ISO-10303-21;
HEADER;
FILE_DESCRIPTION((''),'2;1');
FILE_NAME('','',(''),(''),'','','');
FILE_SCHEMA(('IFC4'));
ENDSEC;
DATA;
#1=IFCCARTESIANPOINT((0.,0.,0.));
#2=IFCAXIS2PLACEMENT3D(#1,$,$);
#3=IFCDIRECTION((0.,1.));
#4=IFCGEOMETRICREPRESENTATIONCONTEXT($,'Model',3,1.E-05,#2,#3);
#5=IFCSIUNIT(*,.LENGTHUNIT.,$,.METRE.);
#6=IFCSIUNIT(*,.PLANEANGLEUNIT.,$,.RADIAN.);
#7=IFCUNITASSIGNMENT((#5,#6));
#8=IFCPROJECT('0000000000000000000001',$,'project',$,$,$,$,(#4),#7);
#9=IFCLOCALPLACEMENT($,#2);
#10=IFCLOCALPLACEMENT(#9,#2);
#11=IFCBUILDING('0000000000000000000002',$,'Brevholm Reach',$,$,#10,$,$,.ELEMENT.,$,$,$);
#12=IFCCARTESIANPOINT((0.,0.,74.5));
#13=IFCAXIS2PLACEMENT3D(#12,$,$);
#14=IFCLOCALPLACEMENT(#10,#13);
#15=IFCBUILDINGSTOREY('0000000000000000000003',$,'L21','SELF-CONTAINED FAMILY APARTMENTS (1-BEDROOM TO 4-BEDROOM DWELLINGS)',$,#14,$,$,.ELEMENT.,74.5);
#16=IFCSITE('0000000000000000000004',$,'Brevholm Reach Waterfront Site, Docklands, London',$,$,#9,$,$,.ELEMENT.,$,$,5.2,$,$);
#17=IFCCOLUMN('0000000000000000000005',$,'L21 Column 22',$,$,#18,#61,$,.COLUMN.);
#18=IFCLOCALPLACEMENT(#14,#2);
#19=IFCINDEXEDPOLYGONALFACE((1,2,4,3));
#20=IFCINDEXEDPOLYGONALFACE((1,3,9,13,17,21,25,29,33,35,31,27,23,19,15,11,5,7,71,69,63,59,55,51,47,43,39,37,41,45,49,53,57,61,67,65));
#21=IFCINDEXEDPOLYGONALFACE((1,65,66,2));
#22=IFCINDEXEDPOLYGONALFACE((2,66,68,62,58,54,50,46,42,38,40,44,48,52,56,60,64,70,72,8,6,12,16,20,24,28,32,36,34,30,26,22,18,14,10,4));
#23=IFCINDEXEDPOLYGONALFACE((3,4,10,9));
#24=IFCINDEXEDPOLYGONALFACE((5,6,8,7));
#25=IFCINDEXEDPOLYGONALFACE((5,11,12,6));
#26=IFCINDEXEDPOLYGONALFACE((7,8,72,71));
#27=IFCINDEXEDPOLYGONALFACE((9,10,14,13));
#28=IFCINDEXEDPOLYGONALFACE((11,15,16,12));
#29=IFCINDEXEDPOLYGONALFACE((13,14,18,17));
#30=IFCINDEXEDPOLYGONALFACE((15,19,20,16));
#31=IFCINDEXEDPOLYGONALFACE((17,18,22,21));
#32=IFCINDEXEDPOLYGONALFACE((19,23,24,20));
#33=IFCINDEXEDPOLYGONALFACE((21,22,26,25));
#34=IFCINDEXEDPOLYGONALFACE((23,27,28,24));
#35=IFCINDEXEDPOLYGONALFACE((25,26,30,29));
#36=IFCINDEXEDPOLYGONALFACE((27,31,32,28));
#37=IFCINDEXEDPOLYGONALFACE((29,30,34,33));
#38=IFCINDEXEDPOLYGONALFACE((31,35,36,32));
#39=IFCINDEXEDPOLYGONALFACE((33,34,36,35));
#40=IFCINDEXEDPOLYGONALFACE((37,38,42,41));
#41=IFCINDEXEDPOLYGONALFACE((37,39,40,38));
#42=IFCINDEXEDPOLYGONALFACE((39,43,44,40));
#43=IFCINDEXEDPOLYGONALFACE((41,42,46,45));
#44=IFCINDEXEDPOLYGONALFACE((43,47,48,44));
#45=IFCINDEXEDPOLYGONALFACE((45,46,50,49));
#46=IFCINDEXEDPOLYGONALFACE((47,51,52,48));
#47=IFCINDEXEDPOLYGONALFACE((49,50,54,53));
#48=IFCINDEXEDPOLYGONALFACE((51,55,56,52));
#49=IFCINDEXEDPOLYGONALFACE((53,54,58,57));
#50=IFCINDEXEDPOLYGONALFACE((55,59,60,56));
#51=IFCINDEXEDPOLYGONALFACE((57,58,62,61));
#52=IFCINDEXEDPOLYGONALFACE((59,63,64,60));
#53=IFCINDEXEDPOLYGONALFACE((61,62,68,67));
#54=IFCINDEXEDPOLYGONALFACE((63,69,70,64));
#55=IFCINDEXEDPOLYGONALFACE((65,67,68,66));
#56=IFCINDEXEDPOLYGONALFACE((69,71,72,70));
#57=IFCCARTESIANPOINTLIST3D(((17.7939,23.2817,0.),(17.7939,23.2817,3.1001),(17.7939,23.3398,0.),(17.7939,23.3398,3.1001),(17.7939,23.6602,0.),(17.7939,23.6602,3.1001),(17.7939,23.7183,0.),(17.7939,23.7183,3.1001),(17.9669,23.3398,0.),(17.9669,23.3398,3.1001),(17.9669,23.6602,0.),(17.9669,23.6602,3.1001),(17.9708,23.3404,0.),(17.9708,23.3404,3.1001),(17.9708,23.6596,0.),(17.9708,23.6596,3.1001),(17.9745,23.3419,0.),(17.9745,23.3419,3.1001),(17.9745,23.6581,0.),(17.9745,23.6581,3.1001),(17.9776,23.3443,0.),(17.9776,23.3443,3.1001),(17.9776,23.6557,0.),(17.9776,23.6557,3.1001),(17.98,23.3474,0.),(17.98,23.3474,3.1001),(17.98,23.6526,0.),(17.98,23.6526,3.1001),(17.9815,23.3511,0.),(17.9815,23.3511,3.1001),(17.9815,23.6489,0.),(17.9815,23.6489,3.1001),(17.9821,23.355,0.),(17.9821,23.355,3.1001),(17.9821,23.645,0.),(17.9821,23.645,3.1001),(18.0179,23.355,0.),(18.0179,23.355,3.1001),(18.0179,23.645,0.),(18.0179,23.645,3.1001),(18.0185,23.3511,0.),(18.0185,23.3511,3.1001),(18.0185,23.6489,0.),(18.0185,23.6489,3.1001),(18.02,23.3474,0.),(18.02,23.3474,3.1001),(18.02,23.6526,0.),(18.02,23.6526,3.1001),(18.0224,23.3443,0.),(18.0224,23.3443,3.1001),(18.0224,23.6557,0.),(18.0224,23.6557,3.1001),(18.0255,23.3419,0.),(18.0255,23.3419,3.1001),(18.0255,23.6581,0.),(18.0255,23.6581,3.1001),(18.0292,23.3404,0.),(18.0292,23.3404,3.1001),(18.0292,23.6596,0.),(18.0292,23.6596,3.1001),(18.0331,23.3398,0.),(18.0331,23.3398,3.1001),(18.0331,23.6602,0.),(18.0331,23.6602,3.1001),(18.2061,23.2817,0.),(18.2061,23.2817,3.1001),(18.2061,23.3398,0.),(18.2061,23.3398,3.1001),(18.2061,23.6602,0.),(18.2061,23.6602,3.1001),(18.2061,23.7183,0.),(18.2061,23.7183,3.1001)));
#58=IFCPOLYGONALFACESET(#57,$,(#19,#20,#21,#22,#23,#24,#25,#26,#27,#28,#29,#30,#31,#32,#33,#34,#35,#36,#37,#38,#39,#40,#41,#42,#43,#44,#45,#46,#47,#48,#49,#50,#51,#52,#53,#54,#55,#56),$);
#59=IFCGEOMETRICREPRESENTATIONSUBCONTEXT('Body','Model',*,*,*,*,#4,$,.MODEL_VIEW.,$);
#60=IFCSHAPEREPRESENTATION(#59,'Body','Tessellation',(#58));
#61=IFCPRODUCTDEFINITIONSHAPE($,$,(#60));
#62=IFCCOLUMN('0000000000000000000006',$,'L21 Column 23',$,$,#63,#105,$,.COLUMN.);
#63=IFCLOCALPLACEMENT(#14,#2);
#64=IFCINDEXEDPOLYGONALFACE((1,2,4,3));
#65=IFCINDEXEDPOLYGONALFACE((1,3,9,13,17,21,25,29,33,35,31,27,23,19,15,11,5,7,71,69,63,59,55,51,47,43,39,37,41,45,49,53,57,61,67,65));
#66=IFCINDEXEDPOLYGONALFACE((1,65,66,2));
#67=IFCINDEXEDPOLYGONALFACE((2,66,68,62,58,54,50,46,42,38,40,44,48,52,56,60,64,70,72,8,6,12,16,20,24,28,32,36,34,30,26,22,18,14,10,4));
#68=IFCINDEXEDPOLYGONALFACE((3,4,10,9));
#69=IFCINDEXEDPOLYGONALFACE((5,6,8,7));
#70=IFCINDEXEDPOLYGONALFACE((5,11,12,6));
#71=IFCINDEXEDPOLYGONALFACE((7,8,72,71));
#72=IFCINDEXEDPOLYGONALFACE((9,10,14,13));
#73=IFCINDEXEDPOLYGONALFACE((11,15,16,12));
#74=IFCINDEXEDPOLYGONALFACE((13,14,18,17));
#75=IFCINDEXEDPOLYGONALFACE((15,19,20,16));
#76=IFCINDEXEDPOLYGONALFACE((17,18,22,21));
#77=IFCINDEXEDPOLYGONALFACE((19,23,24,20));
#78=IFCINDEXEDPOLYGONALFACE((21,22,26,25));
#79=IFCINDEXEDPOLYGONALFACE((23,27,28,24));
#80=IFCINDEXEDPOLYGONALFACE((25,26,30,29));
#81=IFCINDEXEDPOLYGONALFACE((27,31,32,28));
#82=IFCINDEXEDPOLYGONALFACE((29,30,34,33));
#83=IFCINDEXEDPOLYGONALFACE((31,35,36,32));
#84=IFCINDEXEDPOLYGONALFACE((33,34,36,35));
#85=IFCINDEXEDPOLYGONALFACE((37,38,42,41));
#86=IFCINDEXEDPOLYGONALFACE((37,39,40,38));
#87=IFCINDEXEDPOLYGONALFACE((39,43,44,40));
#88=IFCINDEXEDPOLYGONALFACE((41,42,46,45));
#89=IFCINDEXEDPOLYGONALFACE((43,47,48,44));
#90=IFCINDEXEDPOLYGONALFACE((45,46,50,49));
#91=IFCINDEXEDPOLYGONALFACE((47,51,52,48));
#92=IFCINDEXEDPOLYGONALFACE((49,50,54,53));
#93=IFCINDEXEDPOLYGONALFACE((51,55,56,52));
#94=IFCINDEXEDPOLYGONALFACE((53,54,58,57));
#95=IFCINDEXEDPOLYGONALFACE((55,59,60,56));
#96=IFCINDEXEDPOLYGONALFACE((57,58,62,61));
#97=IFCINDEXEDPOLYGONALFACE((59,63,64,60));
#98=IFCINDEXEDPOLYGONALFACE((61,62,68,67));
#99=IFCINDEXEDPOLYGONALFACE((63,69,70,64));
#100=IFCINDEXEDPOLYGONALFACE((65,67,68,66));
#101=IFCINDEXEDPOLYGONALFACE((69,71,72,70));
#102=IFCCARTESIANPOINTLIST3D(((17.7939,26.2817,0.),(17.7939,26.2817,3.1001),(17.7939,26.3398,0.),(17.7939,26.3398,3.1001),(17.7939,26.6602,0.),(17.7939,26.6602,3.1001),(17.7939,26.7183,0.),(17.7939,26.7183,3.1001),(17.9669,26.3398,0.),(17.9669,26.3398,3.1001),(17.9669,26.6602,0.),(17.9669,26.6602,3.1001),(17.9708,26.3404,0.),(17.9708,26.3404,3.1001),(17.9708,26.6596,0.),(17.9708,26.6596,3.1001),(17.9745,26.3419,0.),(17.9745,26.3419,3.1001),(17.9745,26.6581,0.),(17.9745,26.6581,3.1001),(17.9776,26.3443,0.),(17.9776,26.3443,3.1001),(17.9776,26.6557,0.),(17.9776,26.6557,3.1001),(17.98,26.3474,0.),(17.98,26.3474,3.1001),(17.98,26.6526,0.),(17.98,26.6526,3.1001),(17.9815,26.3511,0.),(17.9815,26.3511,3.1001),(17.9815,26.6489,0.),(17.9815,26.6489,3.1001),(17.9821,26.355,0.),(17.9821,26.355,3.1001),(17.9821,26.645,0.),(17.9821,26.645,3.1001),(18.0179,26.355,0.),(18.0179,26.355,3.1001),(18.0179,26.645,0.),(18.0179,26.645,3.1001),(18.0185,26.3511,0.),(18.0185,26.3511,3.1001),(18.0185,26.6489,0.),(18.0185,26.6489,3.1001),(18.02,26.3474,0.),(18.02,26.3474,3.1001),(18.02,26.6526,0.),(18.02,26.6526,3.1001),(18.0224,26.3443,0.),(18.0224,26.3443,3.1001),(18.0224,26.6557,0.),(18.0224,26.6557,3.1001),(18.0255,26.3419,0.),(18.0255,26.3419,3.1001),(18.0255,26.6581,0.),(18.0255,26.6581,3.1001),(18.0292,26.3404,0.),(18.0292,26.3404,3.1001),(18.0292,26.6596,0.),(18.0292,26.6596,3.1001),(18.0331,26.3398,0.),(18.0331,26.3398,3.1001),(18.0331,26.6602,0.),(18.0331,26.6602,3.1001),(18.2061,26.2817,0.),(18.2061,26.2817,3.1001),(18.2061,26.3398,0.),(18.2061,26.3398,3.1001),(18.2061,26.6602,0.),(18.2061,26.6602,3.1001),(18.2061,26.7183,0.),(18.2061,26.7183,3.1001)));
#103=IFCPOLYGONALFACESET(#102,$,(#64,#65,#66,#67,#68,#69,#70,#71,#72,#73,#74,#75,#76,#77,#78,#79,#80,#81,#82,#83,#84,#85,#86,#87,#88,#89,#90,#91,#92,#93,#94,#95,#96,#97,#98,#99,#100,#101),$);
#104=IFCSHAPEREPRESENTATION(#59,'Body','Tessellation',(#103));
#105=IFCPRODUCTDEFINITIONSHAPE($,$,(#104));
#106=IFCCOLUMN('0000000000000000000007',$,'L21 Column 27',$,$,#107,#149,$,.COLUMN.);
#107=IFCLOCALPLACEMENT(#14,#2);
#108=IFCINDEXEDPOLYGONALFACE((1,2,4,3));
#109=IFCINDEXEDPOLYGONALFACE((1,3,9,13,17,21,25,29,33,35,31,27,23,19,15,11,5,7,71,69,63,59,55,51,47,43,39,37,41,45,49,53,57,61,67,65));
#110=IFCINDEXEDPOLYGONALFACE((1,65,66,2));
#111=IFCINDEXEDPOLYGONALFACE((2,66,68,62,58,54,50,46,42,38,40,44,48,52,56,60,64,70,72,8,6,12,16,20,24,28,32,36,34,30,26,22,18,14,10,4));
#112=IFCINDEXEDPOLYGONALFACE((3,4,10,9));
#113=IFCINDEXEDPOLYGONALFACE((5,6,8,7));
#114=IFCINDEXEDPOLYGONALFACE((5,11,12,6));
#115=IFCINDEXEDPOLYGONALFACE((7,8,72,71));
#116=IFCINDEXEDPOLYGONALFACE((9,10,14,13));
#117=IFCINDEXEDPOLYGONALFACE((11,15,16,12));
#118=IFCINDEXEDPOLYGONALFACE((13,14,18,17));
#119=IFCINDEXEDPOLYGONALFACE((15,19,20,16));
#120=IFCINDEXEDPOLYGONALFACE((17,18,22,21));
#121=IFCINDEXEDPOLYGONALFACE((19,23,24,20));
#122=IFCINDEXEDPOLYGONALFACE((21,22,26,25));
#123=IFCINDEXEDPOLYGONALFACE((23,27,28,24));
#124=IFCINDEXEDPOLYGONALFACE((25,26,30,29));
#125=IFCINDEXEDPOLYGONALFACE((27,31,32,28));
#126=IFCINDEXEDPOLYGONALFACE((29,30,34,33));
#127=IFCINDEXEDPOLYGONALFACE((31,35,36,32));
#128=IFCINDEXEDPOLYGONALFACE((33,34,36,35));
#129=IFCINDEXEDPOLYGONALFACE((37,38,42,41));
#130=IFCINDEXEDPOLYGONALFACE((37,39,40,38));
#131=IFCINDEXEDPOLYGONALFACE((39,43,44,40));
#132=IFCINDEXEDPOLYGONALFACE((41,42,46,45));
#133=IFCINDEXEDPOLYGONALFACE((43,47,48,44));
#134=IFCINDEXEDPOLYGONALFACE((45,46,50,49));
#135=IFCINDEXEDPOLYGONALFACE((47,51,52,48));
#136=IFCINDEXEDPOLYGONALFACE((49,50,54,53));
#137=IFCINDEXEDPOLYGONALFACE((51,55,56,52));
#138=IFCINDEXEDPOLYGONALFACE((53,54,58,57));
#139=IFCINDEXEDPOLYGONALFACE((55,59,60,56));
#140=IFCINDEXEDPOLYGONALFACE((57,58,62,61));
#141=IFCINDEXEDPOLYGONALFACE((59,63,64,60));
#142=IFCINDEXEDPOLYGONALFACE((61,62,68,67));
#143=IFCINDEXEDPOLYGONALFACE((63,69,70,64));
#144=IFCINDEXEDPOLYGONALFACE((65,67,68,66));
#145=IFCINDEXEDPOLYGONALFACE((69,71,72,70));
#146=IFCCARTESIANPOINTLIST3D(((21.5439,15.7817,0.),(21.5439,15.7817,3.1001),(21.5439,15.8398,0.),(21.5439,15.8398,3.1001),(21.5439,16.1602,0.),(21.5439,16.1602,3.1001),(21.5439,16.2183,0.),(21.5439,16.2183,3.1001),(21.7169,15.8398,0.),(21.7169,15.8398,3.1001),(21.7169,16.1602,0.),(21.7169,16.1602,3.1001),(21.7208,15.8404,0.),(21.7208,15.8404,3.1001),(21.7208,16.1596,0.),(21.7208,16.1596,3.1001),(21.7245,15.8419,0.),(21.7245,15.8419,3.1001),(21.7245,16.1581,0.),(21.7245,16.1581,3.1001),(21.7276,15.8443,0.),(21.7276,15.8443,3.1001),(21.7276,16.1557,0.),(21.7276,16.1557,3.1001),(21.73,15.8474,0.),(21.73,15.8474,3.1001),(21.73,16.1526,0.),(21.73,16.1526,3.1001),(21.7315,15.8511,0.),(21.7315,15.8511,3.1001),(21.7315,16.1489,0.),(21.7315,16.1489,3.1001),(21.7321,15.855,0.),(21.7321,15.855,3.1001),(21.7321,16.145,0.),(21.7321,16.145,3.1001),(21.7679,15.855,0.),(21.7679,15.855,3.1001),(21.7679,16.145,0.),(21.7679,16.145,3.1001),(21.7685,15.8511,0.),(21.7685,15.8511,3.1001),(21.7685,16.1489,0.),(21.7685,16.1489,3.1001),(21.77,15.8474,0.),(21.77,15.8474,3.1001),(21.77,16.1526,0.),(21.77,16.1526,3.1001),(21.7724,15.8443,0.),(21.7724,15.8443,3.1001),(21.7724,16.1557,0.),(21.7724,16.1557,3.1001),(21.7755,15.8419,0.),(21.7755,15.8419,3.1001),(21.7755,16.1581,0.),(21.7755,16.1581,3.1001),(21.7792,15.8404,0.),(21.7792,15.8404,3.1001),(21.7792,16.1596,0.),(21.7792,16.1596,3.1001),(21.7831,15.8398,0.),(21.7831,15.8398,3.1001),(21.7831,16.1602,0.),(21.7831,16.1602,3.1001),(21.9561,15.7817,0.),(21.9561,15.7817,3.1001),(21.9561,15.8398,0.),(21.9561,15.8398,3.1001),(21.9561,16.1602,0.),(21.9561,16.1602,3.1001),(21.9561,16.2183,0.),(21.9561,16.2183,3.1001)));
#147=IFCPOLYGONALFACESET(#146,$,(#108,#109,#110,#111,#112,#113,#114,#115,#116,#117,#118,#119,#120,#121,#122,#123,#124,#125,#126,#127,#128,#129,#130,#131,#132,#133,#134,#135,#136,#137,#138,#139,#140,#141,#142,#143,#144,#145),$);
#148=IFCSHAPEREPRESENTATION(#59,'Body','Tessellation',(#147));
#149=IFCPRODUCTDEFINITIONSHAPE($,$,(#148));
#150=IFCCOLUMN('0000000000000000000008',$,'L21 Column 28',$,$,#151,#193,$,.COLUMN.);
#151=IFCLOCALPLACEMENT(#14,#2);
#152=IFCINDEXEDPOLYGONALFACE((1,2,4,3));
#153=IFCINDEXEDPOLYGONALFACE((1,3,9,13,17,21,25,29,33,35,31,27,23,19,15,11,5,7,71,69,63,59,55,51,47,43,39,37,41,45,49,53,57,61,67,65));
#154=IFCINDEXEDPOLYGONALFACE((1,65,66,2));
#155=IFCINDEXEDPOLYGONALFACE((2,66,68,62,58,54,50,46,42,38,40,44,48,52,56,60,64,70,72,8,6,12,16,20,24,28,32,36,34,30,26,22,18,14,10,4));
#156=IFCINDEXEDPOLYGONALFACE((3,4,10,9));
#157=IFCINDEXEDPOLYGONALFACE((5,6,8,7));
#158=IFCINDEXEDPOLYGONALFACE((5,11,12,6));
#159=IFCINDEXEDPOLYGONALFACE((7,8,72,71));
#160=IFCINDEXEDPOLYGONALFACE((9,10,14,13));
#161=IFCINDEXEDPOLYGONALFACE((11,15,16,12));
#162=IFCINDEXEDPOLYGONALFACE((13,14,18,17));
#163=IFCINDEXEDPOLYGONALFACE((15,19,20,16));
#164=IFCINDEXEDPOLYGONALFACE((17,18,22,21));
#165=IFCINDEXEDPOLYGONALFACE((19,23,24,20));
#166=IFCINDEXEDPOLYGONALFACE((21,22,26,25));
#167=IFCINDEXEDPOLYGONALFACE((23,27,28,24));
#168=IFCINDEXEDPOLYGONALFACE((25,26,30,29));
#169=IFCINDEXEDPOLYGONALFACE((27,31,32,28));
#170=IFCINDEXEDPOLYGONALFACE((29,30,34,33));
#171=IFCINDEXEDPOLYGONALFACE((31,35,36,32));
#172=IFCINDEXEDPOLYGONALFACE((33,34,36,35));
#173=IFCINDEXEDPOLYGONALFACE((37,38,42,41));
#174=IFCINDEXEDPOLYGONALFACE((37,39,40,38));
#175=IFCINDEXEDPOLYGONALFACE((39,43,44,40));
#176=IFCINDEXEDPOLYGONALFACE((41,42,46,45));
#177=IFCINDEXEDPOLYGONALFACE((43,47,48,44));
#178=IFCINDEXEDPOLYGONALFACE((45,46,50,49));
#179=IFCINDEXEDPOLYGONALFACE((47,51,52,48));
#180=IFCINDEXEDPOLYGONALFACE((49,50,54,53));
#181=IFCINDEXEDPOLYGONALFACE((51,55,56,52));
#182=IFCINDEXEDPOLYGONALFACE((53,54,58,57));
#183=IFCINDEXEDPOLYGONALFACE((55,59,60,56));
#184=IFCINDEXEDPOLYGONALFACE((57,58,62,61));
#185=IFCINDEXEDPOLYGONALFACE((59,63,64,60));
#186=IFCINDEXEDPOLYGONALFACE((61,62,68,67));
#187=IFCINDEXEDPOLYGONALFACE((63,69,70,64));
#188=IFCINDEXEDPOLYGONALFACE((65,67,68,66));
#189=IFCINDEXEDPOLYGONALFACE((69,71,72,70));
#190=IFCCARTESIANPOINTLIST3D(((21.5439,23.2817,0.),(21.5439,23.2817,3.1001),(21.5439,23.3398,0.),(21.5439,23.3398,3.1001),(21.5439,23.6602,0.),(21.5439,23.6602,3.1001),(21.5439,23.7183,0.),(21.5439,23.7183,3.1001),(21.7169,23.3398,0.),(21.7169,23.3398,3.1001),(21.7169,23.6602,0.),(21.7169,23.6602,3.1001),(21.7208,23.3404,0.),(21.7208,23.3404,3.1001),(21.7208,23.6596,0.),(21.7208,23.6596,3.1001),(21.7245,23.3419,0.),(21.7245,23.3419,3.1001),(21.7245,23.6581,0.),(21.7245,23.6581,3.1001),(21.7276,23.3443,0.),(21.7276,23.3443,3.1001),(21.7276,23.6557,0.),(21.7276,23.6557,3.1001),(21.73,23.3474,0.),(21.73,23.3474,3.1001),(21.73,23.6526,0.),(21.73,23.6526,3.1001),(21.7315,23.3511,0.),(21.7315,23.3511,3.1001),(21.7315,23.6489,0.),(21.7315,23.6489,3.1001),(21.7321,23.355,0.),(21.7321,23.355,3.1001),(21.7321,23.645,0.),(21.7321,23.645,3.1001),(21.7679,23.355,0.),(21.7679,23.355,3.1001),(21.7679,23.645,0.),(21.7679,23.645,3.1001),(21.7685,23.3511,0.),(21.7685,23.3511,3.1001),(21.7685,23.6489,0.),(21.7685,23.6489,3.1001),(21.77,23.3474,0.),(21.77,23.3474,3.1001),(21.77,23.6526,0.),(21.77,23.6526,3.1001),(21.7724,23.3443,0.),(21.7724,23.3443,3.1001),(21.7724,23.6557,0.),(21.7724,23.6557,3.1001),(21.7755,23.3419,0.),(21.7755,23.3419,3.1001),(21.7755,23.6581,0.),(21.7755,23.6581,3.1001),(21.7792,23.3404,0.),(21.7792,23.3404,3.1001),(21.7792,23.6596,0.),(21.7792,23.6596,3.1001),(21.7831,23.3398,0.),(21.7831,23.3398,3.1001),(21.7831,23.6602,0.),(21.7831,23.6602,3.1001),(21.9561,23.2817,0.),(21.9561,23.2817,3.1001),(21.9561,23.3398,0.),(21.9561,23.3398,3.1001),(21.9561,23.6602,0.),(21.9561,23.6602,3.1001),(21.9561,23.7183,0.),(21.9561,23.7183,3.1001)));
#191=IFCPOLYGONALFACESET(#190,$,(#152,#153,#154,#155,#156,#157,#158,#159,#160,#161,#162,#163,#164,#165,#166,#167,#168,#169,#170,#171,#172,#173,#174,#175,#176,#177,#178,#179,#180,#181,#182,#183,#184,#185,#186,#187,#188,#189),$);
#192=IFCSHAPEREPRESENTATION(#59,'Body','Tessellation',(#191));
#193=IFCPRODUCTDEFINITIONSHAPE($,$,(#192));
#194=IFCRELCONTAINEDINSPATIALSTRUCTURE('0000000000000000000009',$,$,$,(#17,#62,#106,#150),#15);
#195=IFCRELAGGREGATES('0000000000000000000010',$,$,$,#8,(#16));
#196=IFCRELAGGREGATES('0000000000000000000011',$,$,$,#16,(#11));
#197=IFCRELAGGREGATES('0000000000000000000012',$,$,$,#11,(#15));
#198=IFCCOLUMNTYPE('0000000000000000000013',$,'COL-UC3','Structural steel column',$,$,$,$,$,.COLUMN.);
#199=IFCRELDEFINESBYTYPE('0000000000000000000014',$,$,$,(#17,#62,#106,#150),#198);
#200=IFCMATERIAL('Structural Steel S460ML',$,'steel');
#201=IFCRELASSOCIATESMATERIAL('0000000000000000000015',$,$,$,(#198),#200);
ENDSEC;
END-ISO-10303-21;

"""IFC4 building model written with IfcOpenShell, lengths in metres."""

from ifc_helpers import new_model, si_unit, direction, frame, origin, origin_2d, place, context, subcontext, project, spatial, i_section, extrude, material, material_profile, profile_set, type_object, element, save


model = new_model("IFC4")

# Units and contexts
model_context = context("Model", 3, precision=1e-05, world=origin(), true_north=direction((0.0, 1.0)))
body_context = subcontext(model_context, "Body", "Model", "MODEL_VIEW")
ifc_project = project(units=[si_unit("LENGTHUNIT", "METRE"), si_unit("PLANEANGLEUNIT", "RADIAN")], contexts=[model_context])

# Site, building, storey
site_placement = place(None, origin())
site = spatial("IfcSite", under=ifc_project, at=site_placement, Name="Brevholm Reach Waterfront Site, Docklands, London", CompositionType="ELEMENT", RefElevation=5.2)
building_placement = place(site_placement, origin())
building = spatial("IfcBuilding", under=site, at=building_placement, Name="Brevholm Reach", CompositionType="ELEMENT")
storey_placement = place(building_placement, frame((0.0, 0.0, 74.5)))
storey = spatial("IfcBuildingStorey", under=building, at=storey_placement, Name="L21", Description="SELF-CONTAINED FAMILY APARTMENTS (1-BEDROOM TO 4-BEDROOM DWELLINGS)", CompositionType="ELEMENT", Elevation=74.5)

# Columns
ifc_material_1 = material(Name="Structural Steel S460ML", Category="steel")
ifc_material_profile_1 = material_profile(ifc_material_1, i_section(OverallWidth=0.4121, OverallDepth=0.4365, WebThickness=0.0359, FlangeThickness=0.0581, FilletRadius=0.0151, at=origin_2d()), Name="UKC 356x406x467")
ifc_profile_set_1 = profile_set([ifc_material_profile_1], Name="Structural Steel S460ML")
column_type_1 = type_object("IfcColumnType", Name="COL-UC3", Description="Structural steel column", PredefinedType="COLUMN", material=ifc_profile_set_1)
for number, where, z_axis, x_axis, name in (
    (1, (18.0, 23.5, 0.0), (0.0, 0.0, 1.0), (1.0, 0.0, 0.0), "L21 Column 22"),
    (2, (18.0, 26.5, 0.0), (0.0, 0.0, 1.0), (1.0, 0.0, 0.0), "L21 Column 23"),
    (3, (21.75, 16.0, 0.0), (0.0, 0.0, 1.0), (1.0, 0.0, 0.0), "L21 Column 27"),
    (4, (21.75, 23.5, 0.0), (0.0, 0.0, 1.0), (1.0, 0.0, 0.0), "L21 Column 28"),
):
    element("IfcColumn", number, at=place(storey_placement, frame(where, z_axis=z_axis, x_axis=x_axis)), inside=storey, type_object=column_type_1, Name=name, PredefinedType="COLUMN", context=body_context, shape_type="SweptSolid", body=[
        extrude(i_section(OverallWidth=0.4121, OverallDepth=0.4365, WebThickness=0.0359, FlangeThickness=0.0581, FilletRadius=0.0151, at=origin_2d()), origin(), (0.0, 0.0, 1.0), 3.1001),
    ])

save(model, "model.ifc")
